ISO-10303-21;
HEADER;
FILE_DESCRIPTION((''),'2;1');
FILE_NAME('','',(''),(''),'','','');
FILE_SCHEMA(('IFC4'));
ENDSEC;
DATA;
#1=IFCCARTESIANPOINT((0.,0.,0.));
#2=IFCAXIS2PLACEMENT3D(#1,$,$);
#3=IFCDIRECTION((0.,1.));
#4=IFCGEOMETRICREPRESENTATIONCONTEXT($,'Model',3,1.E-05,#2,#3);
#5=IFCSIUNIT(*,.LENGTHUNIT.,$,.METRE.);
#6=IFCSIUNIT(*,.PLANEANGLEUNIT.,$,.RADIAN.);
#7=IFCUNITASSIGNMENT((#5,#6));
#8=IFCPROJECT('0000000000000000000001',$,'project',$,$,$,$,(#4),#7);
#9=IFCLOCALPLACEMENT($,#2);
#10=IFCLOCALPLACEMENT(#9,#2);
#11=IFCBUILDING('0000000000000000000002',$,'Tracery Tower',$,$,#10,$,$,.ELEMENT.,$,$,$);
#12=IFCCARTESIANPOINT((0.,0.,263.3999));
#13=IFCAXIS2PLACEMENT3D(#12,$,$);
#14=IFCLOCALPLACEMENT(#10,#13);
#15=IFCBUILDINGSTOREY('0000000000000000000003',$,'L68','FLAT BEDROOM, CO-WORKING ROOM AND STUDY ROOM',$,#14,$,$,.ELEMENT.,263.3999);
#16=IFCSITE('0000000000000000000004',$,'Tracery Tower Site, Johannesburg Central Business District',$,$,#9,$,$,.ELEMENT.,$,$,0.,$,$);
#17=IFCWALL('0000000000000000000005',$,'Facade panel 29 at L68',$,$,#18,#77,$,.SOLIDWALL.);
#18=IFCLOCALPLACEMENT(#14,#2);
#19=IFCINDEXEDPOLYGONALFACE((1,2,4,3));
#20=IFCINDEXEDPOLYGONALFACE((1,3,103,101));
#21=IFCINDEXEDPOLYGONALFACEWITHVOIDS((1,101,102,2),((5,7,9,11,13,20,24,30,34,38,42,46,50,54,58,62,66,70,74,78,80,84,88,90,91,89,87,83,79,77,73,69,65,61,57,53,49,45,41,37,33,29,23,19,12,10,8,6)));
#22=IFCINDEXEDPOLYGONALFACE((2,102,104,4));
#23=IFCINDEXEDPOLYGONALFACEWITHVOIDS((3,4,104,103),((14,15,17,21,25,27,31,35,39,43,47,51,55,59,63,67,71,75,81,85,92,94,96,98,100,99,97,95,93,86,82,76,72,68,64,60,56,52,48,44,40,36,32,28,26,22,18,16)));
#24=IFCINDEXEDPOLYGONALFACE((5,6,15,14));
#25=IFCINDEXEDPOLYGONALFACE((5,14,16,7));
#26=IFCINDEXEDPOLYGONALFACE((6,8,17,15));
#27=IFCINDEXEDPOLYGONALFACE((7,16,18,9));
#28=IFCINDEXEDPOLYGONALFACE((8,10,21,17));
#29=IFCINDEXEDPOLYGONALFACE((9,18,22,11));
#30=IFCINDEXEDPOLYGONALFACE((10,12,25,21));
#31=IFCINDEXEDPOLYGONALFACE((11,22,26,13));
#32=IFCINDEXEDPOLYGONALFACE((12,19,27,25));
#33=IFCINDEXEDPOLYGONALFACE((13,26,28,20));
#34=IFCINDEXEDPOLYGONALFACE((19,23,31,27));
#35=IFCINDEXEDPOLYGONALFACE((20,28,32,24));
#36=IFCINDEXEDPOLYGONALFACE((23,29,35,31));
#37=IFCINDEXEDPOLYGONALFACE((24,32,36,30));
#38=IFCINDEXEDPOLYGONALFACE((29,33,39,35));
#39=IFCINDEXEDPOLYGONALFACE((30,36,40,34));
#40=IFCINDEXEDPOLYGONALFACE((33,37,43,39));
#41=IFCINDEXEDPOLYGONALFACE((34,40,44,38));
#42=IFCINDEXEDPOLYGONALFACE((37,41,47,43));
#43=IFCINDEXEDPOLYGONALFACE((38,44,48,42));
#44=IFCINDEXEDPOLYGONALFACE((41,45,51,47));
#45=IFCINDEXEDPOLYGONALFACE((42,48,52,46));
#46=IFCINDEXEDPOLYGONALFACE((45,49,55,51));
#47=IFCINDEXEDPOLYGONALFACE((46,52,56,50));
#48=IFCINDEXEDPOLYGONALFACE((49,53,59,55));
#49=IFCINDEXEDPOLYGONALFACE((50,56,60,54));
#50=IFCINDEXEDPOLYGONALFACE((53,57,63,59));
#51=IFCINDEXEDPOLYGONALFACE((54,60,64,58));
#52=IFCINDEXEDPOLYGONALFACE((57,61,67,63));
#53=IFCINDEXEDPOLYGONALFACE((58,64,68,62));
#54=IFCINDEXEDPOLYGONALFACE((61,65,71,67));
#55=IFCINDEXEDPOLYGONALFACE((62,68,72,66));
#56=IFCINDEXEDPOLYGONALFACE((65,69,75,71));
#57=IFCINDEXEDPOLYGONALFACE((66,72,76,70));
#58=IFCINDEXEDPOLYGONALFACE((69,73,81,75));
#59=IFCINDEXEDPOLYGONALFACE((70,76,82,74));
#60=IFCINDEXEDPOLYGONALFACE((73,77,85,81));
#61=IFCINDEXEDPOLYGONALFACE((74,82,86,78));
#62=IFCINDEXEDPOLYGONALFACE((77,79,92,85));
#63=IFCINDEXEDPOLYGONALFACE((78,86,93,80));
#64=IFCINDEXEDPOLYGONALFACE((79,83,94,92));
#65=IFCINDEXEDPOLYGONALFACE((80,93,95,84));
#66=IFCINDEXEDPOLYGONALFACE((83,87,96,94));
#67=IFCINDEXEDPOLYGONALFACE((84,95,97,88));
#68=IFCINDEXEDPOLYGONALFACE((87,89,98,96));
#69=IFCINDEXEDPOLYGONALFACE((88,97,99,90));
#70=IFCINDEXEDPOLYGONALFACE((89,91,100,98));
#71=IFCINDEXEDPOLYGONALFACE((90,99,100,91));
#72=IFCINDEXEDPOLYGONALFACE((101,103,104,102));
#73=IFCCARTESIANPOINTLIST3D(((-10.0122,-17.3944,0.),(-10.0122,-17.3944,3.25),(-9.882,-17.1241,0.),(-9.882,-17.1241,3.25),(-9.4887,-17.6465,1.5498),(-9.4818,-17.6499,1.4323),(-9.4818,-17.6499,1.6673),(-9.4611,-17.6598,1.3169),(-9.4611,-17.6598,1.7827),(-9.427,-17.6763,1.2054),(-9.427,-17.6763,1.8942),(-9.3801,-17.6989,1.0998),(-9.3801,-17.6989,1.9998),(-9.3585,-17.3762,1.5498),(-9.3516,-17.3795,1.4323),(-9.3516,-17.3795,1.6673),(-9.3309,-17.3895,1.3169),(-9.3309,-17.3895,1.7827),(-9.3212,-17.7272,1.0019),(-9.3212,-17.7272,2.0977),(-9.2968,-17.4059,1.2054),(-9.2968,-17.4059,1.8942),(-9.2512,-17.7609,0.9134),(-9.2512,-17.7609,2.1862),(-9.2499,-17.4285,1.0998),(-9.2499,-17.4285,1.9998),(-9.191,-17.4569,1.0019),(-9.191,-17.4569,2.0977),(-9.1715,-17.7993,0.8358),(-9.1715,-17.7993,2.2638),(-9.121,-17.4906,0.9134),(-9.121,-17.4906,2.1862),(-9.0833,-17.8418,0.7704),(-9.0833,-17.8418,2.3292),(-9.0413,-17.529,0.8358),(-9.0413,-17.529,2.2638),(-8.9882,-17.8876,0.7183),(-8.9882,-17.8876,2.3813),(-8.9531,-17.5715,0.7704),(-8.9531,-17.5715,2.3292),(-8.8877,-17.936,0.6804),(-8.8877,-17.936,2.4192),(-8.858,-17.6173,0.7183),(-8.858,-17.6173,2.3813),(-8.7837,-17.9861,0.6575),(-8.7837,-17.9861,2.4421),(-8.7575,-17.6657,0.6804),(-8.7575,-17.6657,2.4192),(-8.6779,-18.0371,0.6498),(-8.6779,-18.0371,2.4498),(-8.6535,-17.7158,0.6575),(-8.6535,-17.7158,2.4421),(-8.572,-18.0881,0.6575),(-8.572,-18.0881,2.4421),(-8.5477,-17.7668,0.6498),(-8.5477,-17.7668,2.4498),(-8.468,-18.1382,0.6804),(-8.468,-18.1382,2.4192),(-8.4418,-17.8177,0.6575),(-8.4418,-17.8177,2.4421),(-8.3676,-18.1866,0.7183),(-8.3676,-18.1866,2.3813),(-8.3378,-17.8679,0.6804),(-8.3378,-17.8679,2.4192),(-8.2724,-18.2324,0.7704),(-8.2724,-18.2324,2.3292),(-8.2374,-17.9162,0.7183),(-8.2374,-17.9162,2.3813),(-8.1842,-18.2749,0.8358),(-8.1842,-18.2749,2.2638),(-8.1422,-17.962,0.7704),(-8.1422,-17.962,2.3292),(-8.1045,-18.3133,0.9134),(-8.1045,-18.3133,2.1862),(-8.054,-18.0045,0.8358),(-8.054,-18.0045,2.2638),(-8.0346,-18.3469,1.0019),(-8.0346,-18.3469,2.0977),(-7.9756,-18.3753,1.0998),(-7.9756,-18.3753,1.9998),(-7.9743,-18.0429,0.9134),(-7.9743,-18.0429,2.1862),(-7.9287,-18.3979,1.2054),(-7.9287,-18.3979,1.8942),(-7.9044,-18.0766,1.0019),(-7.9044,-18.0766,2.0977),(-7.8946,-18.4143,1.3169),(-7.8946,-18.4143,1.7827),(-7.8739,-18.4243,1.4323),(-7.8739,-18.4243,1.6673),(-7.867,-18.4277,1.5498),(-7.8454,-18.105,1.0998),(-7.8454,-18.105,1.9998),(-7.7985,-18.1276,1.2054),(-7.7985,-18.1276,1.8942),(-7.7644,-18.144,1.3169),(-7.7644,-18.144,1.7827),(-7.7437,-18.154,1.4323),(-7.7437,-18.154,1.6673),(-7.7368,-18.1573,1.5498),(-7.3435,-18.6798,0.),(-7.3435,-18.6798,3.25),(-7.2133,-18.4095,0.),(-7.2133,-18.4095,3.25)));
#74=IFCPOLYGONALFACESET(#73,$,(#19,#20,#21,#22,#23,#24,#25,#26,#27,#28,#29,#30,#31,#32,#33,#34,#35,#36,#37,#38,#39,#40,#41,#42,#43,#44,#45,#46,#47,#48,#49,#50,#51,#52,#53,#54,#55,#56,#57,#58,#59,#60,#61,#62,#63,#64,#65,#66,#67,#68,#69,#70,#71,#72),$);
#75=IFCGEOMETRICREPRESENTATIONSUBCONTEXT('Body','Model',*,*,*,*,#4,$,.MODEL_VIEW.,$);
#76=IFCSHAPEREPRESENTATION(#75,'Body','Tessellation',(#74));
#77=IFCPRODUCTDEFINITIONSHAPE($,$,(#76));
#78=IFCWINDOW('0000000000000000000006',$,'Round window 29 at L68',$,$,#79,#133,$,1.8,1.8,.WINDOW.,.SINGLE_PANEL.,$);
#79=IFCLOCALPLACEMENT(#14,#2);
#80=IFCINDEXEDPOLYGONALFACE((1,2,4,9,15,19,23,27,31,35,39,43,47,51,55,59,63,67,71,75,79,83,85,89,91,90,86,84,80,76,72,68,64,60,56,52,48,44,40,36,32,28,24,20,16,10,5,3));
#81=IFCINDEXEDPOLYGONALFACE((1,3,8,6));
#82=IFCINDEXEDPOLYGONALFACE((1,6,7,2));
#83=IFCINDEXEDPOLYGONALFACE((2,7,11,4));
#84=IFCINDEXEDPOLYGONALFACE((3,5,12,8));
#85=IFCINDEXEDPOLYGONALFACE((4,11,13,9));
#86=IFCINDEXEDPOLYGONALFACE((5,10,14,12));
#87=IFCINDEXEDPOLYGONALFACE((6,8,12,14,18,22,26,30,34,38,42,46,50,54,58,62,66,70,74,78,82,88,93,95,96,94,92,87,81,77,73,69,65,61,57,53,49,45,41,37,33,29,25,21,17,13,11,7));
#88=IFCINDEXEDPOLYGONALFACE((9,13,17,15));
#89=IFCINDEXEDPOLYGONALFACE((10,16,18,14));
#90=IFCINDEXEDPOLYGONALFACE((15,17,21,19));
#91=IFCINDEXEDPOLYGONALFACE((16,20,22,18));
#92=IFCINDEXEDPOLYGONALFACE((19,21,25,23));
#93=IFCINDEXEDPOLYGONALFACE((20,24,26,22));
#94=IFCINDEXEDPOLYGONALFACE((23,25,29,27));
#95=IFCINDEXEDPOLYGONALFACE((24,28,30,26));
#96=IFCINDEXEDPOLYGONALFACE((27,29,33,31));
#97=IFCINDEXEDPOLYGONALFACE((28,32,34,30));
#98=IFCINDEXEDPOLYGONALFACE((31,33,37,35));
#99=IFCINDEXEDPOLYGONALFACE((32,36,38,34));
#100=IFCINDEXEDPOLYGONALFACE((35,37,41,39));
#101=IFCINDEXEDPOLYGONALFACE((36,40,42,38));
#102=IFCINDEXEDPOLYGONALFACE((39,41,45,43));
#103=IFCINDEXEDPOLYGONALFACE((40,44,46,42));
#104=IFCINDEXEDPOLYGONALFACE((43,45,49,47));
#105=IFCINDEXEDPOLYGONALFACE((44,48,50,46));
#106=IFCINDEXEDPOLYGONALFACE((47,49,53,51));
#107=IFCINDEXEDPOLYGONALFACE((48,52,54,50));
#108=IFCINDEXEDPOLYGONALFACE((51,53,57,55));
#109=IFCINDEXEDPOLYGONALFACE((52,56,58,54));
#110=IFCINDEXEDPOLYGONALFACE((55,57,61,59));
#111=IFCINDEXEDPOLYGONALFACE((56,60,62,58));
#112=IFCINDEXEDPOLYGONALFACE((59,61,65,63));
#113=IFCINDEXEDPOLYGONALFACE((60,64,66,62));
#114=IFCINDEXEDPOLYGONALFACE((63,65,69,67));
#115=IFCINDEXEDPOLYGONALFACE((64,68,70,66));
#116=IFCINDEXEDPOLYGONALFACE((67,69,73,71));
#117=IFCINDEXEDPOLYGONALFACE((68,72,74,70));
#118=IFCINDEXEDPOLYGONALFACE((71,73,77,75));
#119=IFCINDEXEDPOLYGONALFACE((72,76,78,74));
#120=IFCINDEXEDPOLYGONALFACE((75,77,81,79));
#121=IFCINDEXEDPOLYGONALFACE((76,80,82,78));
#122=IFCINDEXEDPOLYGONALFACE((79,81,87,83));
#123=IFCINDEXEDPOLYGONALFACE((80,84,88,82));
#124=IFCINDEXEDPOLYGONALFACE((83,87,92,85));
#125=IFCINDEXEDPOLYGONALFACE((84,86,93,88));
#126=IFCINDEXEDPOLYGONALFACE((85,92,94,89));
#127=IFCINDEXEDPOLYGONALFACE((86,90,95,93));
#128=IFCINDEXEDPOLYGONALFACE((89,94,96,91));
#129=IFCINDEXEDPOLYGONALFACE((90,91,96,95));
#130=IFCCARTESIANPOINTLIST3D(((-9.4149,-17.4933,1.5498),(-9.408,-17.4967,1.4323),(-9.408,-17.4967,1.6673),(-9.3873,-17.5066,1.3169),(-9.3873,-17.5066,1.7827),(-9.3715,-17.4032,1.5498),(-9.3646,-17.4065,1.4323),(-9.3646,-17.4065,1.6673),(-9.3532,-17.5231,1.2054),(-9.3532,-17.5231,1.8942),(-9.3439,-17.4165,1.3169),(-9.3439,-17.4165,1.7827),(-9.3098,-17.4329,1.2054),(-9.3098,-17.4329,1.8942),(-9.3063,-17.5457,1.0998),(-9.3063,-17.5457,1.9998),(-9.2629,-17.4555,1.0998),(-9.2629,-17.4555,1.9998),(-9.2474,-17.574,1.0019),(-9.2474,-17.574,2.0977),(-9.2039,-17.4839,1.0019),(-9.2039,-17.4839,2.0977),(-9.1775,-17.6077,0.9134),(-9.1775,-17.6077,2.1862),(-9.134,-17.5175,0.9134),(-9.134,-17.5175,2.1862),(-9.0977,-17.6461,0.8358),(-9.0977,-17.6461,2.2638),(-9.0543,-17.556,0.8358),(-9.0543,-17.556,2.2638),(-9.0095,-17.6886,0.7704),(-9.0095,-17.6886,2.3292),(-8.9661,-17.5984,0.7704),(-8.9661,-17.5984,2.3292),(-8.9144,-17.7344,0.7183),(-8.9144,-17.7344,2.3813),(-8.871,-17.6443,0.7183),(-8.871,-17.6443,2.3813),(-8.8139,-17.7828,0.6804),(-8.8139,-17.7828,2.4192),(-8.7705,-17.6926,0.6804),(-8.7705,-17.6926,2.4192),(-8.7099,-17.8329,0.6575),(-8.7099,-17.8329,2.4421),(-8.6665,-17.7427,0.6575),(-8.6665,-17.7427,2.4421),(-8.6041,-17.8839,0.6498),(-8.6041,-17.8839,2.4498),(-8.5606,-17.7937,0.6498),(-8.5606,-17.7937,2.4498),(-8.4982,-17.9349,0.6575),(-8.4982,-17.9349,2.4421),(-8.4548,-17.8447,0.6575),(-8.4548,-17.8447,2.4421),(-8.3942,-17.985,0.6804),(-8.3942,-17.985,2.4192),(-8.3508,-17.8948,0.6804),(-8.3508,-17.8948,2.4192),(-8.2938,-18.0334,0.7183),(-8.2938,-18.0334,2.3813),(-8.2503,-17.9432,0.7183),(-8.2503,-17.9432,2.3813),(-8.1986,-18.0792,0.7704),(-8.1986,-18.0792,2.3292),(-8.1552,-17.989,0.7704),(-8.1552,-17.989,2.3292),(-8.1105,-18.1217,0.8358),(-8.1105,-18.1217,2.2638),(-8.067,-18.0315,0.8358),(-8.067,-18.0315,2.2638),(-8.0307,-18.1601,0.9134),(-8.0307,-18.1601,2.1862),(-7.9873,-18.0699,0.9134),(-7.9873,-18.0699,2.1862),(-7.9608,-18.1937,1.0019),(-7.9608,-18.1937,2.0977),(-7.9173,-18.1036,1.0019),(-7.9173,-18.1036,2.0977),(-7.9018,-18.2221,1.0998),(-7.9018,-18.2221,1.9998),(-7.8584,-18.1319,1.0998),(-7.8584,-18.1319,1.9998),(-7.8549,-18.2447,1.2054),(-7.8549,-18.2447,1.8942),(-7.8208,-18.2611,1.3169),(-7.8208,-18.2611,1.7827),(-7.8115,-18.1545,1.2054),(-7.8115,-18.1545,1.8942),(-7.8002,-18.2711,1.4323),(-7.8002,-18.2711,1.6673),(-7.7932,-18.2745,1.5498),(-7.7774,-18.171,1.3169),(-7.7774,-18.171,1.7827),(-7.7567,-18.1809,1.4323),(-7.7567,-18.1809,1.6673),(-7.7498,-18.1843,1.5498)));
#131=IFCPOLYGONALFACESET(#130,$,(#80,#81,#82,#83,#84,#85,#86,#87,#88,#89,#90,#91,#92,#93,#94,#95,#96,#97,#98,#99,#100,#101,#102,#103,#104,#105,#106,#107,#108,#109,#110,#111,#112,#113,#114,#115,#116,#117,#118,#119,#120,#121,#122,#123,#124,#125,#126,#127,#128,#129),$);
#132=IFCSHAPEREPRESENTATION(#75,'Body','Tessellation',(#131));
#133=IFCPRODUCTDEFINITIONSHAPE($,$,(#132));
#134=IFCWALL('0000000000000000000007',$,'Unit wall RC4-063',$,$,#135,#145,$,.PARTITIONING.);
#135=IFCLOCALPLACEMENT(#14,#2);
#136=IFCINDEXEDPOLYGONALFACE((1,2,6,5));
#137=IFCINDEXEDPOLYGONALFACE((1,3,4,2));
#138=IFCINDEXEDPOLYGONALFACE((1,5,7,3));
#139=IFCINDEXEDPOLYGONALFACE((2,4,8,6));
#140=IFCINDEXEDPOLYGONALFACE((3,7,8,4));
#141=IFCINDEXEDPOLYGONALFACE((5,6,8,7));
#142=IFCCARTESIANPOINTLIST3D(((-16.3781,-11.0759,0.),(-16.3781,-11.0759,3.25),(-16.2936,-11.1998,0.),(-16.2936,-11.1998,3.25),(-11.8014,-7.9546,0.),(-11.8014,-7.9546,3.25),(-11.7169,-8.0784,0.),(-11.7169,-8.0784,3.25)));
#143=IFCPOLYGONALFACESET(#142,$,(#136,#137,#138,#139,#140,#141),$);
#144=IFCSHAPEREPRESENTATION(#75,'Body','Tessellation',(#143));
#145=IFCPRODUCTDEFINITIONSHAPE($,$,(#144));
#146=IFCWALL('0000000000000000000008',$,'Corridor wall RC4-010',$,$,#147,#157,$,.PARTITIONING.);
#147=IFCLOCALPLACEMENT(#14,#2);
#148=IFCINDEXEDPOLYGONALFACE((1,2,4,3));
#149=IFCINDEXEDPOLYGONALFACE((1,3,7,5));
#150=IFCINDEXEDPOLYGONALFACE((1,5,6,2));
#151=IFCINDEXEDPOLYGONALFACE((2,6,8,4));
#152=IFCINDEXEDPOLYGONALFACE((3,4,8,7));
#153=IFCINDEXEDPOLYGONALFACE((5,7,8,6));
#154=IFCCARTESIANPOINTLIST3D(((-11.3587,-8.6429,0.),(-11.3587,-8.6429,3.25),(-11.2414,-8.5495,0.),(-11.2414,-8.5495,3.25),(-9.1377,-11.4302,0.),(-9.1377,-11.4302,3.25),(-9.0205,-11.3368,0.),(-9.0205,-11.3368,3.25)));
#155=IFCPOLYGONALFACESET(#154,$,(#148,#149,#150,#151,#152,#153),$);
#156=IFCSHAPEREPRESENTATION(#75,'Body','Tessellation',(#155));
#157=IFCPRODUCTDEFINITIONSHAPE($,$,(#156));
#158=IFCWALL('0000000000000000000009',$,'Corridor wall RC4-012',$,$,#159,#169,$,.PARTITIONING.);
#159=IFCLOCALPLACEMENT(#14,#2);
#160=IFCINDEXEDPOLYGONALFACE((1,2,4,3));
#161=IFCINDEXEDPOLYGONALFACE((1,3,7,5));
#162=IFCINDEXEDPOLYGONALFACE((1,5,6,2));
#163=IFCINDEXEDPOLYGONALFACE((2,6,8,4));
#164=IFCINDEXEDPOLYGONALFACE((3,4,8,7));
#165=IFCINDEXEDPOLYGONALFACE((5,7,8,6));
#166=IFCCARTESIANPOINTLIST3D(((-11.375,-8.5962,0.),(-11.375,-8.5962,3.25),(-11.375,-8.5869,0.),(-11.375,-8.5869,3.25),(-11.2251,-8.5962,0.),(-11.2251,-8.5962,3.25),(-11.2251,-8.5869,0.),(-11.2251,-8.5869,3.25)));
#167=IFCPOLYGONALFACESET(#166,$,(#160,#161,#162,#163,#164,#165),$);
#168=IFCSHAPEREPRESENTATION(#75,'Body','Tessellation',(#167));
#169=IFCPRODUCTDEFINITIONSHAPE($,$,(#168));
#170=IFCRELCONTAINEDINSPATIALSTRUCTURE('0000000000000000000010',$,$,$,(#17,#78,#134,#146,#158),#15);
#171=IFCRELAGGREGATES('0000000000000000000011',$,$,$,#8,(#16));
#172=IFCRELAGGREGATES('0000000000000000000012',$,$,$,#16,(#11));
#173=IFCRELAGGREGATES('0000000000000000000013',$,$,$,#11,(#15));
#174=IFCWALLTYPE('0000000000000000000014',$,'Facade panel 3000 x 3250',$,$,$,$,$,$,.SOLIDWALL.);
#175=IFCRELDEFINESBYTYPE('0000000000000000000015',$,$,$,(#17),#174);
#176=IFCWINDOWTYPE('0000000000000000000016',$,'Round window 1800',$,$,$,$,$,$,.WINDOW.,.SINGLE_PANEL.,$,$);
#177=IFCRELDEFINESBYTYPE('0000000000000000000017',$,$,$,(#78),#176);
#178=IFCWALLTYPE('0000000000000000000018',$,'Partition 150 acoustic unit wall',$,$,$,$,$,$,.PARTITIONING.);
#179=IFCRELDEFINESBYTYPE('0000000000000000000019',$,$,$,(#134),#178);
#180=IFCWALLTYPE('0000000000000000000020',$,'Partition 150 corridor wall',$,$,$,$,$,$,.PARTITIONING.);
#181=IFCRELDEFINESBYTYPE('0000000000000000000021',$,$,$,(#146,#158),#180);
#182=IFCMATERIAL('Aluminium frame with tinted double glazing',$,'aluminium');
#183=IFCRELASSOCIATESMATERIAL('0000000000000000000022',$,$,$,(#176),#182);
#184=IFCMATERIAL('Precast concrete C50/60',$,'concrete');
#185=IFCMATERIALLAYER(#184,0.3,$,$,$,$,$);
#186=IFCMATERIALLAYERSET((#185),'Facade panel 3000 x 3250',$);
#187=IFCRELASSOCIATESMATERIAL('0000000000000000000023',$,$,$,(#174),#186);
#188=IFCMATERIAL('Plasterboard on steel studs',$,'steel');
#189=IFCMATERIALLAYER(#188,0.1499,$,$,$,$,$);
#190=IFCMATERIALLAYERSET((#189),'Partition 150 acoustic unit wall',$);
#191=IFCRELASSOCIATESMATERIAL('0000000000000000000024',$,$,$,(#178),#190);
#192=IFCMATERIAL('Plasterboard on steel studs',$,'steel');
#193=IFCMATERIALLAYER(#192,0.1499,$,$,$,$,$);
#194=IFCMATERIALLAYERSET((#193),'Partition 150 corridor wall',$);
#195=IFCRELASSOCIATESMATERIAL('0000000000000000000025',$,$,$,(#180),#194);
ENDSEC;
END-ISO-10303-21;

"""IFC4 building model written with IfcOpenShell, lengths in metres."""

from ifc_helpers import new_model, si_unit, direction, frame, frame_2d, origin, origin_2d, place, context, subcontext, project, spatial, rectangle, circle, extrude, material, layer, layer_set, type_object, element, fill, save


model = new_model("IFC4")

# Units and contexts
model_context = context("Model", 3, precision=1e-05, world=origin(), true_north=direction((0.0, 1.0)))
body_context = subcontext(model_context, "Body", "Model", "MODEL_VIEW")
ifc_project = project(units=[si_unit("LENGTHUNIT", "METRE"), si_unit("PLANEANGLEUNIT", "RADIAN")], contexts=[model_context])

# Site, building, storey
site_placement = place(None, origin())
site = spatial("IfcSite", under=ifc_project, at=site_placement, Name="Tracery Tower Site, Johannesburg Central Business District", CompositionType="ELEMENT", RefElevation=0.0)
building_placement = place(site_placement, origin())
building = spatial("IfcBuilding", under=site, at=building_placement, Name="Tracery Tower", CompositionType="ELEMENT")
storey_placement = place(building_placement, frame((0.0, 0.0, 263.3999)))
storey = spatial("IfcBuildingStorey", under=building, at=storey_placement, Name="L68", Description="FLAT BEDROOM, CO-WORKING ROOM AND STUDY ROOM", CompositionType="ELEMENT", Elevation=263.3999)

# Wall, opening, window
ifc_material_1 = material(Name="Aluminium frame with tinted double glazing", Category="aluminium")
window_type = type_object("IfcWindowType", Name="Round window 1800", PartitioningType="SINGLE_PANEL", PredefinedType="WINDOW", material=ifc_material_1)
ifc_material_2 = material(Name="Precast concrete C50/60", Category="concrete")
ifc_layer_1 = layer(ifc_material_2, 0.3)
ifc_layer_set_1 = layer_set([ifc_layer_1], Name="Facade panel 3000 x 3250")
wall_type_1 = type_object("IfcWallType", Name="Facade panel 3000 x 3250", PredefinedType="SOLIDWALL", material=ifc_layer_set_1)
wall_1_placement = place(storey_placement, frame((-9.947, -17.2593, 0.0), z_axis=(0.0, 0.0, 1.0), x_axis=(0.90094, -0.433944, 0.0)))
wall_1 = element("IfcWall", 1, at=wall_1_placement, inside=storey, type_object=wall_type_1, Name="Facade panel 29 at L68", PredefinedType="SOLIDWALL", context=body_context, shape_type="SweptSolid", body=[
    extrude(rectangle(XDim=2.9622, YDim=0.3, at=frame_2d((1.481, 0.0))), origin(), (0.0, 0.0, 1.0), 3.25),
])
opening_1_placement = place(wall_1_placement, frame((1.481, 0.0, 1.5498)))
opening_1 = element("IfcOpeningElement", 2, at=opening_1_placement, cuts=wall_1, PredefinedType="OPENING", context=body_context, shape_type="SweptSolid", body=[
    extrude(circle(Radius=0.9, at=origin_2d()), frame((0.0, 0.1599, 0.0), z_axis=(0.0, -1.0, 0.0), x_axis=(1.0, 0.0, 0.0)), (0.0, 0.0, 1.0), 0.3201),
])
window_1_placement = place(opening_1_placement, origin())
window_1 = element("IfcWindow", 3, at=window_1_placement, inside=storey, type_object=window_type, Name="Round window 29 at L68", OverallHeight=1.8, OverallWidth=1.8, PartitioningType="SINGLE_PANEL", PredefinedType="WINDOW", context=body_context, shape_type="SweptSolid", body=[
    extrude(circle(Radius=0.9, at=origin_2d()), frame((0.0, 0.1201, 0.0), z_axis=(0.0, -1.0, 0.0), x_axis=(1.0, 0.0, 0.0)), (0.0, 0.0, 1.0), 0.1001),
])
fill(opening_1, window_1)

# Walls
ifc_material_3 = material(Name="Plasterboard on steel studs", Category="steel")
ifc_layer_2 = layer(ifc_material_3, 0.1499)
ifc_layer_set_2 = layer_set([ifc_layer_2], Name="Partition 150 acoustic unit wall")
wall_type_2 = type_object("IfcWallType", Name="Partition 150 acoustic unit wall", PredefinedType="PARTITIONING", material=ifc_layer_set_2)
wall_2_placement = place(storey_placement, frame((-16.3359, -11.1379, 0.0), z_axis=(0.0, 0.0, 1.0), x_axis=(0.826153, 0.563446, 0.0)))
element("IfcWall", 4, at=wall_2_placement, inside=storey, type_object=wall_type_2, Name="Unit wall RC4-063", PredefinedType="PARTITIONING", context=body_context, shape_type="SweptSolid", body=[
    extrude(rectangle(XDim=5.5398, YDim=0.1499, at=frame_2d((2.77, 0.0))), origin(), (0.0, 0.0, 1.0), 3.25),
])
ifc_material_4 = material(Name="Plasterboard on steel studs", Category="steel")
ifc_layer_3 = layer(ifc_material_4, 0.1499)
ifc_layer_set_3 = layer_set([ifc_layer_3], Name="Partition 150 corridor wall")
wall_type_3 = type_object("IfcWallType", Name="Partition 150 corridor wall", PredefinedType="PARTITIONING", material=ifc_layer_set_3)
wall_3_placement = place(storey_placement, frame((-11.3, -8.5962, 0.0), z_axis=(0.0, 0.0, 1.0), x_axis=(0.623165, -0.78209, 0.0)))
element("IfcWall", 5, at=wall_3_placement, inside=storey, type_object=wall_type_3, Name="Corridor wall RC4-010", PredefinedType="PARTITIONING", context=body_context, shape_type="SweptSolid", body=[
    extrude(rectangle(XDim=3.564, YDim=0.1499, at=frame_2d((1.782, 0.0))), origin(), (0.0, 0.0, 1.0), 3.25),
])
wall_4_placement = place(storey_placement, frame((-11.3, -8.5962, 0.0), z_axis=(0.0, 0.0, 1.0), x_axis=(0.0, 1.0, 0.0)))
element("IfcWall", 6, at=wall_4_placement, inside=storey, type_object=wall_type_3, Name="Corridor wall RC4-012", PredefinedType="PARTITIONING", context=body_context, shape_type="SweptSolid", body=[
    extrude(rectangle(XDim=0.0093, YDim=0.1499, at=frame_2d((0.0046, 0.0))), origin(), (0.0, 0.0, 1.0), 3.25),
])

save(model, "model.ifc")
